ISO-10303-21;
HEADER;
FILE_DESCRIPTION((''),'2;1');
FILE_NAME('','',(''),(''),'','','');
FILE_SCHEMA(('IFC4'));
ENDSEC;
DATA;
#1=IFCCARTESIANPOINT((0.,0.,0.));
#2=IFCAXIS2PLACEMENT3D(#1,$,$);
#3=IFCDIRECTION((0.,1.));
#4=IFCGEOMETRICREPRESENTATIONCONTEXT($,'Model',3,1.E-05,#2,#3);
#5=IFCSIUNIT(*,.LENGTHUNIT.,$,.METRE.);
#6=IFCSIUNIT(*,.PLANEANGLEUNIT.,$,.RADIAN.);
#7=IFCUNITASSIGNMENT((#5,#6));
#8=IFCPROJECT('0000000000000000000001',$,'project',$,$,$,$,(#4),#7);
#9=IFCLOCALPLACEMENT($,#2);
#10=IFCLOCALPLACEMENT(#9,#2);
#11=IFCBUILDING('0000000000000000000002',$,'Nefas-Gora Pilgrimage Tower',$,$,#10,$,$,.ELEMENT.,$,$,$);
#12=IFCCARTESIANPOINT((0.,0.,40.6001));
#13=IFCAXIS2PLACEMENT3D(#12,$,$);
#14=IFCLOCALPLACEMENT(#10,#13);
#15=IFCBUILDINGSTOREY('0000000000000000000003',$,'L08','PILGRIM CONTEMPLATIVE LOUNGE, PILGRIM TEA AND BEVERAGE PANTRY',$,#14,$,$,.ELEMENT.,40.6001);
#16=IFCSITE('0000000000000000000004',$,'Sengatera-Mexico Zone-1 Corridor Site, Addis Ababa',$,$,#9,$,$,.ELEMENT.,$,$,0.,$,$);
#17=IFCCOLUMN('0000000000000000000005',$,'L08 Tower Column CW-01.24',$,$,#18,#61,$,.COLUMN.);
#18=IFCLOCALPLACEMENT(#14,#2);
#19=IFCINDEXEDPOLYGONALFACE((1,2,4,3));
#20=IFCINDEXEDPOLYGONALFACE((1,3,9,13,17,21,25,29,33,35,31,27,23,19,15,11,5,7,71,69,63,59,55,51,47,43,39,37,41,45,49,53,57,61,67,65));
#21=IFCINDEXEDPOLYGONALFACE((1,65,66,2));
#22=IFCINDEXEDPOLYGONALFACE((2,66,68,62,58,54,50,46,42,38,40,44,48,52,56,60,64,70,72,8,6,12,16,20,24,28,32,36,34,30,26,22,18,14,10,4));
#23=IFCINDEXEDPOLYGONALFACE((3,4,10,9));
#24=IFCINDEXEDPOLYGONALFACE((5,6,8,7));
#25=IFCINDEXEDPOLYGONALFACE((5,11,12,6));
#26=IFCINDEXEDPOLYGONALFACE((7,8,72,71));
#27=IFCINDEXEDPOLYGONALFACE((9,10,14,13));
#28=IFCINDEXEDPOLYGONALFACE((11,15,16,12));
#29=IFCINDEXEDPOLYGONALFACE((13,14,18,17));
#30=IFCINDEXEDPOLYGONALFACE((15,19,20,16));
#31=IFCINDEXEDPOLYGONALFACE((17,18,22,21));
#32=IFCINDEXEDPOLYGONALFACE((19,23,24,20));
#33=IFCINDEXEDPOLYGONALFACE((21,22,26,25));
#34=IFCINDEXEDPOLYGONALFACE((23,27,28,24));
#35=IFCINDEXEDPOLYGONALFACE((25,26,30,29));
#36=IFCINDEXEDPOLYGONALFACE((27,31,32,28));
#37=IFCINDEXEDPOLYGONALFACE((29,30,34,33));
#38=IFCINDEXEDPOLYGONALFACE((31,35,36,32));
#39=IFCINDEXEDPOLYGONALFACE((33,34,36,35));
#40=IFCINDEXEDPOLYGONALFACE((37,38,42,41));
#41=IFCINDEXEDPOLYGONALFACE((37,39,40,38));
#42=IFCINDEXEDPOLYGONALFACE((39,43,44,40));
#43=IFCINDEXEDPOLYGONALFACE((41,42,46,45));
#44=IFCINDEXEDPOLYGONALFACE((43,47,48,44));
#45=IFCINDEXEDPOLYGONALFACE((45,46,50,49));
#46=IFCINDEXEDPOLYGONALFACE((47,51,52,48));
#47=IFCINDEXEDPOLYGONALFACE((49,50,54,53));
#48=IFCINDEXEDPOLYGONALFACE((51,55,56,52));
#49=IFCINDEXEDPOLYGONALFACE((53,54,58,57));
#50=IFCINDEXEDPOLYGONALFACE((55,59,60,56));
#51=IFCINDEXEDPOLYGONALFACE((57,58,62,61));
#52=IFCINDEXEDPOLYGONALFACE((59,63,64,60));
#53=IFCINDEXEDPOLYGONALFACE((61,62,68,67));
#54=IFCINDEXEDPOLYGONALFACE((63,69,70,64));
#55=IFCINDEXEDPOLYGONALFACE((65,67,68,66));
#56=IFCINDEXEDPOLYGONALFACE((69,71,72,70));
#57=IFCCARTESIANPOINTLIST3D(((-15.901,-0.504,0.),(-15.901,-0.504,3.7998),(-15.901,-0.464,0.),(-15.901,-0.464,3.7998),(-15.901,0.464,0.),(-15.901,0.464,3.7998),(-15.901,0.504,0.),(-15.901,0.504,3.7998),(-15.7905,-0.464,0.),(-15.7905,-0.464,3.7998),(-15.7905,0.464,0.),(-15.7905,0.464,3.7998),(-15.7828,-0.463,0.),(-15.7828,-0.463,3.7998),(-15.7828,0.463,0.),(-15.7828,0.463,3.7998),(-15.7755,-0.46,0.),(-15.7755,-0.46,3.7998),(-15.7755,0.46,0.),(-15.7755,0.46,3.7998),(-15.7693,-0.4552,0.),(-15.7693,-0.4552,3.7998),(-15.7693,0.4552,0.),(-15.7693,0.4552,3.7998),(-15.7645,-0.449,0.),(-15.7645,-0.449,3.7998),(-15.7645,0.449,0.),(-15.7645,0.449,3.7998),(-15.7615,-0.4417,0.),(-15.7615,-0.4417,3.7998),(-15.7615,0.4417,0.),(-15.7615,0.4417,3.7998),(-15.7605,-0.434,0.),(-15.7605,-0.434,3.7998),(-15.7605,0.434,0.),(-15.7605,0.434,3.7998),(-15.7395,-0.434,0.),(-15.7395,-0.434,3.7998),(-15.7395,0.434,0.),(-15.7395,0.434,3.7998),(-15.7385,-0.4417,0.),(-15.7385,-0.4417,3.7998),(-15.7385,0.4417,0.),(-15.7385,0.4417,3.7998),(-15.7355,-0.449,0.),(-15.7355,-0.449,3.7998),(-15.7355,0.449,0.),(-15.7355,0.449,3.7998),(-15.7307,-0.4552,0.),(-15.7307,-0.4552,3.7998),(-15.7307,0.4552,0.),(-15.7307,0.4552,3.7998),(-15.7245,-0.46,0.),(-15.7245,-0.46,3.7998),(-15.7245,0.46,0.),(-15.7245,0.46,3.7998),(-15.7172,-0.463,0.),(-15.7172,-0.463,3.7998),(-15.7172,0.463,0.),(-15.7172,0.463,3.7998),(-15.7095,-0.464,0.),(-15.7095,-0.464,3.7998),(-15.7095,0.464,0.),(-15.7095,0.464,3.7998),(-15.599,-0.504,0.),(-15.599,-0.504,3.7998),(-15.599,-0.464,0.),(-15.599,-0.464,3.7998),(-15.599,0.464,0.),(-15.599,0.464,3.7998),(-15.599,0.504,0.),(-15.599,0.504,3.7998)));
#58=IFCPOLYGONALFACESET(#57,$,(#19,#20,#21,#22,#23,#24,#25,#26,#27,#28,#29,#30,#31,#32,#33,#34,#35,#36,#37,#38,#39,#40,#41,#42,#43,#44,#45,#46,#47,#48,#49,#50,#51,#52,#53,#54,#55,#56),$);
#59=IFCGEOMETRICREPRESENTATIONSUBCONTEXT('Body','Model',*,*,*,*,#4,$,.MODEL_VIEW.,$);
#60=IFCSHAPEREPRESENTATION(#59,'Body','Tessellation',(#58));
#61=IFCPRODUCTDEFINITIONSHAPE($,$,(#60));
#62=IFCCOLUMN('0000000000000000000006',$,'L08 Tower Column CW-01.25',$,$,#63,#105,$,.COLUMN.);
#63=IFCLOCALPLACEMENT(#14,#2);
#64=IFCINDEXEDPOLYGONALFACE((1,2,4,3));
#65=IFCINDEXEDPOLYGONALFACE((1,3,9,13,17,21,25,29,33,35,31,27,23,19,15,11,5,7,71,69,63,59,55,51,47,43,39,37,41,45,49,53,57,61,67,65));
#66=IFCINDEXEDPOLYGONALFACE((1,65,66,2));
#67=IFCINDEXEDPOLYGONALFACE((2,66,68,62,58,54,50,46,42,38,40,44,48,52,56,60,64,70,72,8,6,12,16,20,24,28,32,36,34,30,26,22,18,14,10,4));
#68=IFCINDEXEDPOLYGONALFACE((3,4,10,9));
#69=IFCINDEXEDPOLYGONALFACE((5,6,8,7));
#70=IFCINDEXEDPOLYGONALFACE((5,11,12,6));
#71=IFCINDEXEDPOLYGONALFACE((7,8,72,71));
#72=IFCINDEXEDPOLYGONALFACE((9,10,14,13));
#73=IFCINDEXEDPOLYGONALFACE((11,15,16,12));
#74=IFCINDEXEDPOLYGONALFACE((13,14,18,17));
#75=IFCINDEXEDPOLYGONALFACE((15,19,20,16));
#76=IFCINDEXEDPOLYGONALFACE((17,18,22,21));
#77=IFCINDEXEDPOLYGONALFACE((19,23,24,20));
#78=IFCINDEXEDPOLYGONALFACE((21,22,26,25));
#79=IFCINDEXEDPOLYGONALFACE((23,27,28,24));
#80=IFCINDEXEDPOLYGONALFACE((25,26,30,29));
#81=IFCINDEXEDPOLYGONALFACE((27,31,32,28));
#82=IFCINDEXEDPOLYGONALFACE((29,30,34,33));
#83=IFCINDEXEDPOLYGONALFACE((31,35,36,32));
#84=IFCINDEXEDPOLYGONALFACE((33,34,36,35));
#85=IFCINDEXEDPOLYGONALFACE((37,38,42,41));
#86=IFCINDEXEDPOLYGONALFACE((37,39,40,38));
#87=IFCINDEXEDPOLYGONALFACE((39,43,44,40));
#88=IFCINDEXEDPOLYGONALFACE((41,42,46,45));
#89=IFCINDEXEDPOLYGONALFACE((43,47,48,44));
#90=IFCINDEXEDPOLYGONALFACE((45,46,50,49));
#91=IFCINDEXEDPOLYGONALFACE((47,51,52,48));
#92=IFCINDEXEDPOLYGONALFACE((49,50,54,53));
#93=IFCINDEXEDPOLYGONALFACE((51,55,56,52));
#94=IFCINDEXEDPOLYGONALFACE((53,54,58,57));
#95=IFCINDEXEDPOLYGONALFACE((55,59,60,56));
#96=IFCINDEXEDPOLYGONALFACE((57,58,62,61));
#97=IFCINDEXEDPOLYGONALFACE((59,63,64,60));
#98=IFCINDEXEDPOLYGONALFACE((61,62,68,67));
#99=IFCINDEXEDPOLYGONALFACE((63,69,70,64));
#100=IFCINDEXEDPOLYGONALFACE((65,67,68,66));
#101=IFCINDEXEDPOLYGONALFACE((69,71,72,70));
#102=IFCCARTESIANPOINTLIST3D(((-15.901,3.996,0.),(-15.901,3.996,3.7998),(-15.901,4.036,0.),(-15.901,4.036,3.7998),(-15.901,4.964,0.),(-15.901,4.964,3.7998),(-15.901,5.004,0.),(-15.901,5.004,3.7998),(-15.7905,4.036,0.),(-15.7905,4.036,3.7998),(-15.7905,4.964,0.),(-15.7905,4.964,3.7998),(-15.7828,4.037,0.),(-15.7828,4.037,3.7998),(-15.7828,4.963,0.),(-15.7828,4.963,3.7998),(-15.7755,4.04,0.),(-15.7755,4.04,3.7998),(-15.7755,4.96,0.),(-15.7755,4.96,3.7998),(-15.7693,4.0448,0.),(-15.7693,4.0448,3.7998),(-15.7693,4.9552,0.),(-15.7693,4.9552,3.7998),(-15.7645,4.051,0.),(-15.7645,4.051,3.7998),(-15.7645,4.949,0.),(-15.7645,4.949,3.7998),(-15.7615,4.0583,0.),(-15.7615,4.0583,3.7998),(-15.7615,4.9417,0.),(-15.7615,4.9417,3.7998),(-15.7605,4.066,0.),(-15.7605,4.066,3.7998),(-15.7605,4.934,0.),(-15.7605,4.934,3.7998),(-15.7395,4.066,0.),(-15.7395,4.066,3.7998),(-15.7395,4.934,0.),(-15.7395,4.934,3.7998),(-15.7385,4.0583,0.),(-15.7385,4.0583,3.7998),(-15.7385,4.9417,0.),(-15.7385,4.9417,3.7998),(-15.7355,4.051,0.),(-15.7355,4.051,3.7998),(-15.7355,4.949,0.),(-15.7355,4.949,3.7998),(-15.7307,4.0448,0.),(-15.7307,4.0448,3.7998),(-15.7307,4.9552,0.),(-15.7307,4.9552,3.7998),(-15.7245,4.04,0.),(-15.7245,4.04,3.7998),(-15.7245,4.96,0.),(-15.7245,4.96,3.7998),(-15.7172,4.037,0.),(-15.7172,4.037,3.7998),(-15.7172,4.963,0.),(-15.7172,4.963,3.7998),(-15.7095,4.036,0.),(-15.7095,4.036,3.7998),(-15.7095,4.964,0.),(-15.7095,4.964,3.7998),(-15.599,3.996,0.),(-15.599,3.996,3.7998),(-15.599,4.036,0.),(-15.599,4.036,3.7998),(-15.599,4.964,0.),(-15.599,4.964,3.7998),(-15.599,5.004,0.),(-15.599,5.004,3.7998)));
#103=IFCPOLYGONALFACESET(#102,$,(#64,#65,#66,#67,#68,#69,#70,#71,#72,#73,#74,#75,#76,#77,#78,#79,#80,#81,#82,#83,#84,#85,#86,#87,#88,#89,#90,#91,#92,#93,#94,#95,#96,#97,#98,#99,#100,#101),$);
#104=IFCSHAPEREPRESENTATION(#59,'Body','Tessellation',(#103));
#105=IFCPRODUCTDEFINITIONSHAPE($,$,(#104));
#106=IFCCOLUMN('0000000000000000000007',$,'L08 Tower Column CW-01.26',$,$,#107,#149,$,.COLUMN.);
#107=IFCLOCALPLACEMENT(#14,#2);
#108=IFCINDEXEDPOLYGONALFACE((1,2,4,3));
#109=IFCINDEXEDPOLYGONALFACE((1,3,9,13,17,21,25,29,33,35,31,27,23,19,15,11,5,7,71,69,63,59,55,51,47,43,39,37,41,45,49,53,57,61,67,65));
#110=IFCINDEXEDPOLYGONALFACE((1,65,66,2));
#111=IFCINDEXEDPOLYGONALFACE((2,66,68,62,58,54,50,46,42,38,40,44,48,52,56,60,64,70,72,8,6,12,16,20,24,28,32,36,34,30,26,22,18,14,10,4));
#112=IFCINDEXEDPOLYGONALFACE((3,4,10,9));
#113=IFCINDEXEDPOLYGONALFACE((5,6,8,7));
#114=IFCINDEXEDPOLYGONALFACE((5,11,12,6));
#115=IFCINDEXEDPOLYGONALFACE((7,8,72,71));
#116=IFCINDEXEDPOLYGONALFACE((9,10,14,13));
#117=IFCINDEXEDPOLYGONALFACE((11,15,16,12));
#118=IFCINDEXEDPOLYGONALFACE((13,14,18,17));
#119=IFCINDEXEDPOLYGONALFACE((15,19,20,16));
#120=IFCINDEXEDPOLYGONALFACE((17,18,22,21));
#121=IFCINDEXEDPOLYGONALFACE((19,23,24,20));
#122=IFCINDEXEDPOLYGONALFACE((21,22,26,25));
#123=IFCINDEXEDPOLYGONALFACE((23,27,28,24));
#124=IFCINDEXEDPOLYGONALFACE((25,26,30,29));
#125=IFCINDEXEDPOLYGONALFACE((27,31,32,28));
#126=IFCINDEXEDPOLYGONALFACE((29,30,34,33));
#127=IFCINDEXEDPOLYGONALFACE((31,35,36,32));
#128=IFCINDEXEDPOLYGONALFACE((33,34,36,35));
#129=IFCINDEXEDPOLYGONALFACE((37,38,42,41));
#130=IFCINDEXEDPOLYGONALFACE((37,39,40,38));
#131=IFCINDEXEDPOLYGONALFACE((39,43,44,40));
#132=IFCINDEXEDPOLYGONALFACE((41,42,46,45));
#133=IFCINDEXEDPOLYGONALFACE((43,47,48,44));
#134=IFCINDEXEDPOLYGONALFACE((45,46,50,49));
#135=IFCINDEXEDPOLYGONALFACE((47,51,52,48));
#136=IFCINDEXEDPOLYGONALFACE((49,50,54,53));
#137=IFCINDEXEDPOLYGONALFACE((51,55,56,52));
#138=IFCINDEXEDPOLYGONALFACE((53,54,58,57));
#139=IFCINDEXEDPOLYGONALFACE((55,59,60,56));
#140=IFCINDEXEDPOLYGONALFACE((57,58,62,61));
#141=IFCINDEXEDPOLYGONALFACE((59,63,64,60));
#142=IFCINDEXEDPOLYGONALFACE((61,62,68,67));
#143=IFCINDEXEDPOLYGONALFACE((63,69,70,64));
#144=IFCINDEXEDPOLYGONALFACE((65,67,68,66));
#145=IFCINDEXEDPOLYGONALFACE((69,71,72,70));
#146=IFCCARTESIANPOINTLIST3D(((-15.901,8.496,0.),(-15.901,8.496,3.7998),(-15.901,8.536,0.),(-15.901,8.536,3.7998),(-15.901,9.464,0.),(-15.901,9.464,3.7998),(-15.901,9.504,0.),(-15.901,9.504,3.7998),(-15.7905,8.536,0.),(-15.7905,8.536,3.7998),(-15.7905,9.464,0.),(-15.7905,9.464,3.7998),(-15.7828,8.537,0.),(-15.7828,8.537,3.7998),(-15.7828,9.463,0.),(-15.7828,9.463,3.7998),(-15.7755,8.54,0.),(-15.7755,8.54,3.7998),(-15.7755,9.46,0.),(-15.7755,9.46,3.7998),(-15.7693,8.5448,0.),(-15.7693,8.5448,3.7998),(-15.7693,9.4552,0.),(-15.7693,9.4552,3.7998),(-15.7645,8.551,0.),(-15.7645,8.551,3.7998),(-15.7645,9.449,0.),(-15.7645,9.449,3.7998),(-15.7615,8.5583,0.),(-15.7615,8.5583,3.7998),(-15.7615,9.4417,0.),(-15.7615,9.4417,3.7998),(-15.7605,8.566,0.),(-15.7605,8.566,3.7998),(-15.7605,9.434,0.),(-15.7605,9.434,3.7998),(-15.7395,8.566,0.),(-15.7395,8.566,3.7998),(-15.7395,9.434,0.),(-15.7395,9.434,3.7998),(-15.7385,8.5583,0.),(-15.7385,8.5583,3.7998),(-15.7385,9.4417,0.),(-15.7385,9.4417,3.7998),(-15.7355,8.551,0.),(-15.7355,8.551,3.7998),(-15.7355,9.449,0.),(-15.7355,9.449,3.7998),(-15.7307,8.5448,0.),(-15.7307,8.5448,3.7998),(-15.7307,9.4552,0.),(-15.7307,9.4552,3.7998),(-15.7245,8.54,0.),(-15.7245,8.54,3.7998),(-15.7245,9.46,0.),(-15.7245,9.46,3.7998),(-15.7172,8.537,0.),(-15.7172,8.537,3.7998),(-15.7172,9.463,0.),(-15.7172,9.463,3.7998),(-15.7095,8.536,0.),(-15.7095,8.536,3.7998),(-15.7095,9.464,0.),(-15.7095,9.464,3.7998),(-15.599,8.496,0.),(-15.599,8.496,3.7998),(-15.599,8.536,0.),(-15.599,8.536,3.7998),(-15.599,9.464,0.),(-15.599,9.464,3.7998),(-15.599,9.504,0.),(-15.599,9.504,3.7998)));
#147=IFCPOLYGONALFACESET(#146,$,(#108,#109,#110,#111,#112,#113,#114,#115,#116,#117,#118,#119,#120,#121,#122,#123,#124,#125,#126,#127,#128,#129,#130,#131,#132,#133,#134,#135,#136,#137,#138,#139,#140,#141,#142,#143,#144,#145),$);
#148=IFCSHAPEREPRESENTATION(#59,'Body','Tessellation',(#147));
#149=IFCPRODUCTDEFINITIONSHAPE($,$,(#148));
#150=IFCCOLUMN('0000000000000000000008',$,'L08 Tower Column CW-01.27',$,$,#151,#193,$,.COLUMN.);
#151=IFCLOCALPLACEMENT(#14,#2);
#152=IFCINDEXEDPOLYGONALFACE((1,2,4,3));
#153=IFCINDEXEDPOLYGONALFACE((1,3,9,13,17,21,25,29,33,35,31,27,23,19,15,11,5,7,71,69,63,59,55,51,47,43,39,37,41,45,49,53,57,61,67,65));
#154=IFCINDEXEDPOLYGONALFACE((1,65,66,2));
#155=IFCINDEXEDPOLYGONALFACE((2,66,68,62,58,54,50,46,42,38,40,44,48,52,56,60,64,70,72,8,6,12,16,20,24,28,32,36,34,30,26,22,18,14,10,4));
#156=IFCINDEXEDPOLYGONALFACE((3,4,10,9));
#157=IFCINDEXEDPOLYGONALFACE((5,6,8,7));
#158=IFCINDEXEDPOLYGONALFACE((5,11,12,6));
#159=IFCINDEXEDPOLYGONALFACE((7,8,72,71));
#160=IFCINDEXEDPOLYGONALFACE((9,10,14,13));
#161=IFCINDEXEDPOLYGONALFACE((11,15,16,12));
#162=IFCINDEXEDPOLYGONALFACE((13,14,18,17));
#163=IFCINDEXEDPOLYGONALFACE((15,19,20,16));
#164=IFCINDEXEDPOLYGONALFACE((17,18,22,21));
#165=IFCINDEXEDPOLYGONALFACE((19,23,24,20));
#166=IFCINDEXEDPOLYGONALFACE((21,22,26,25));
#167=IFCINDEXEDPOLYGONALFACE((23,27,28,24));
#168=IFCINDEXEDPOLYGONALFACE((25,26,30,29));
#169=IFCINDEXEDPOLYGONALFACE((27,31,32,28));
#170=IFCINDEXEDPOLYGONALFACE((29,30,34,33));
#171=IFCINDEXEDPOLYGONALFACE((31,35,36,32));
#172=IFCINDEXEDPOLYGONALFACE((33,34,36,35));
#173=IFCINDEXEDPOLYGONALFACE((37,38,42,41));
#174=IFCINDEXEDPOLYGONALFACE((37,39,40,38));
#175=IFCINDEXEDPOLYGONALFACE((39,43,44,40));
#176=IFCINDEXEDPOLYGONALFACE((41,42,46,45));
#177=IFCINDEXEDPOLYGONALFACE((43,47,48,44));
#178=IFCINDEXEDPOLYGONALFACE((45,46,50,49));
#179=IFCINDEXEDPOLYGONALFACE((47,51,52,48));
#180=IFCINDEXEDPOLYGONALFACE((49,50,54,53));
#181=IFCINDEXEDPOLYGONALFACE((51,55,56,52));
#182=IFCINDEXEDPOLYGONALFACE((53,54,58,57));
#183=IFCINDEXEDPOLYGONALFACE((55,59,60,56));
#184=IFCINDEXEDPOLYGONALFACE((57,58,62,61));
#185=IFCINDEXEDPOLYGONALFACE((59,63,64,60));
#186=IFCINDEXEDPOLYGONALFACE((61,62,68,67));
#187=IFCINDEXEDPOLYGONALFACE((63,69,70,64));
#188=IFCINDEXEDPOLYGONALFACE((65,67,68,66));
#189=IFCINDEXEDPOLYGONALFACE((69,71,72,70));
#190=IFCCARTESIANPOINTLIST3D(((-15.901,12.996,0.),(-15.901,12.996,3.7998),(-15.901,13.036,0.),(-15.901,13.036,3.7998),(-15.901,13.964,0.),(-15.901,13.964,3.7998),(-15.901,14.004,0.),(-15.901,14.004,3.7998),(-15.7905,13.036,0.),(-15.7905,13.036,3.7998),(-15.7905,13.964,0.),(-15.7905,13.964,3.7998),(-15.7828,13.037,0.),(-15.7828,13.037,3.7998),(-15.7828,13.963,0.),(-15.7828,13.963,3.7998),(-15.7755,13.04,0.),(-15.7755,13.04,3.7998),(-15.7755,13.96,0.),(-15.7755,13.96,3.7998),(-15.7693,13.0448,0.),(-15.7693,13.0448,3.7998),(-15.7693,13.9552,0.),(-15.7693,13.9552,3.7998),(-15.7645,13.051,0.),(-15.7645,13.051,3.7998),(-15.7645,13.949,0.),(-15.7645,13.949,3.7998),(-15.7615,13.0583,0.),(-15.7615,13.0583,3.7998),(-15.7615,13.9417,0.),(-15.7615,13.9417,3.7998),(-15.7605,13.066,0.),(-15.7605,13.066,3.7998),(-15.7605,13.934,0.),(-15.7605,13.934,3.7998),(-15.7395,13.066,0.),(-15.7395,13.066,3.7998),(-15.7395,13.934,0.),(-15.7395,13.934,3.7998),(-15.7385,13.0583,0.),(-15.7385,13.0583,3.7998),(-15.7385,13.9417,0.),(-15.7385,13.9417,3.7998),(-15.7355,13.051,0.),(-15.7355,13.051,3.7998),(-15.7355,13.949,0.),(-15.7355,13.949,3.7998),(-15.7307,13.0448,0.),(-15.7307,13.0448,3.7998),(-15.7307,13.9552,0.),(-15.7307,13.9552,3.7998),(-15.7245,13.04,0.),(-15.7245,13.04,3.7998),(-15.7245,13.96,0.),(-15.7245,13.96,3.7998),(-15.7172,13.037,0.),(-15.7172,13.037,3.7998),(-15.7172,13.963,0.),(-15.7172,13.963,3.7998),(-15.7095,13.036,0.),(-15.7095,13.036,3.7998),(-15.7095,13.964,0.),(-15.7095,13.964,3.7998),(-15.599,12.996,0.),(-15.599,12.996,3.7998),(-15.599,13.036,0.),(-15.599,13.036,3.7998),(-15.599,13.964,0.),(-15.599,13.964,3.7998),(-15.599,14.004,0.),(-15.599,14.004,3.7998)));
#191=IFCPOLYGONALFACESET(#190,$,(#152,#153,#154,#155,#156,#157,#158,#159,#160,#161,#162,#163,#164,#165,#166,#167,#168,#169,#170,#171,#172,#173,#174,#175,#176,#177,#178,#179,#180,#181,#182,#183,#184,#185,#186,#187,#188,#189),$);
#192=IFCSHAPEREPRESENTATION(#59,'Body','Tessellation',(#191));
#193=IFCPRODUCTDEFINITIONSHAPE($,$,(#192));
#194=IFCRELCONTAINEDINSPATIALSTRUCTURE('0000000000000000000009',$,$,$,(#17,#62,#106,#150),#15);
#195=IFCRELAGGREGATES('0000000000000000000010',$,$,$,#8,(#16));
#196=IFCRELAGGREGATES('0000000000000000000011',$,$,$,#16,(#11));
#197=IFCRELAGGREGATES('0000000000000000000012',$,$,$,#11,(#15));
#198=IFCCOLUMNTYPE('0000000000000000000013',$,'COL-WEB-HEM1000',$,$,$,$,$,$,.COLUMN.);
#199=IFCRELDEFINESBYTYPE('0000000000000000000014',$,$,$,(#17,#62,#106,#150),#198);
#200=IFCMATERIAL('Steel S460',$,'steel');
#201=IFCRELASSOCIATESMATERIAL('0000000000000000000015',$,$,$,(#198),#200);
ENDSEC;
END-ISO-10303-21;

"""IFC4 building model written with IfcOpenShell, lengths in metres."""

from ifc_helpers import new_model, si_unit, direction, frame, origin, origin_2d, place, context, subcontext, project, spatial, i_section, extrude, source, transform, mapped, material, material_profile, profile_set, type_object, element, save


model = new_model("IFC4")

# Units and contexts
model_context = context("Model", 3, precision=1e-05, world=origin(), true_north=direction((0.0, 1.0)))
body_context = subcontext(model_context, "Body", "Model", "MODEL_VIEW")
ifc_project = project(units=[si_unit("LENGTHUNIT", "METRE"), si_unit("PLANEANGLEUNIT", "RADIAN")], contexts=[model_context])

# Site, building, storey
site_placement = place(None, origin())
site = spatial("IfcSite", under=ifc_project, at=site_placement, Name="Sengatera-Mexico Zone-1 Corridor Site, Addis Ababa", CompositionType="ELEMENT", RefElevation=0.0)
building_placement = place(site_placement, origin())
building = spatial("IfcBuilding", under=site, at=building_placement, Name="Nefas-Gora Pilgrimage Tower", CompositionType="ELEMENT")
storey_placement = place(building_placement, frame((0.0, 0.0, 40.6001)))
storey = spatial("IfcBuildingStorey", under=building, at=storey_placement, Name="L08", Description="PILGRIM CONTEMPLATIVE LOUNGE, PILGRIM TEA AND BEVERAGE PANTRY", CompositionType="ELEMENT", Elevation=40.6001)

# Columns
ifc_material_1 = material(Name="Steel S460", Category="steel")
ifc_material_profile_1 = material_profile(ifc_material_1, i_section(OverallWidth=0.302, OverallDepth=1.0081, WebThickness=0.021, FlangeThickness=0.04, FilletRadius=0.03, at=origin_2d()), Name="HEM 1000")
ifc_profile_set_1 = profile_set([ifc_material_profile_1], Name="Steel S460")
column_type_1 = type_object("IfcColumnType", Name="COL-WEB-HEM1000", PredefinedType="COLUMN", material=ifc_profile_set_1)
shared_shape_1 = source(origin(), body_context, "Body", "SweptSolid", [
    extrude(i_section(OverallWidth=0.302, OverallDepth=1.0081, WebThickness=0.021, FlangeThickness=0.04, FilletRadius=0.03, at=origin_2d()), origin(), (0.0, 0.0, 1.0), 3.7998),
])
for number, where, z_axis, x_axis, name in (
    (1, (-15.75, 0.0, 0.0), (0.0, 0.0, 1.0), (1.0, 0.0, 0.0), "L08 Tower Column CW-01.24"),
    (2, (-15.75, 4.5, 0.0), (0.0, 0.0, 1.0), (1.0, 0.0, 0.0), "L08 Tower Column CW-01.25"),
    (3, (-15.75, 9.0, 0.0), (0.0, 0.0, 1.0), (1.0, 0.0, 0.0), "L08 Tower Column CW-01.26"),
    (4, (-15.75, 13.5, 0.0), (0.0, 0.0, 1.0), (1.0, 0.0, 0.0), "L08 Tower Column CW-01.27"),
):
    element("IfcColumn", number, at=place(storey_placement, frame(where, z_axis=z_axis, x_axis=x_axis)), inside=storey, type_object=column_type_1, Name=name, PredefinedType="COLUMN", context=body_context, shape_type="MappedRepresentation", body=[
        mapped(shared_shape_1, transform((0.0, 0.0, 0.0), x_axis=(1.0, 0.0, 0.0), y_axis=(0.0, 1.0, 0.0), z_axis=(0.0, 0.0, 1.0), scale=1.0)),
    ])

save(model, "model.ifc")
